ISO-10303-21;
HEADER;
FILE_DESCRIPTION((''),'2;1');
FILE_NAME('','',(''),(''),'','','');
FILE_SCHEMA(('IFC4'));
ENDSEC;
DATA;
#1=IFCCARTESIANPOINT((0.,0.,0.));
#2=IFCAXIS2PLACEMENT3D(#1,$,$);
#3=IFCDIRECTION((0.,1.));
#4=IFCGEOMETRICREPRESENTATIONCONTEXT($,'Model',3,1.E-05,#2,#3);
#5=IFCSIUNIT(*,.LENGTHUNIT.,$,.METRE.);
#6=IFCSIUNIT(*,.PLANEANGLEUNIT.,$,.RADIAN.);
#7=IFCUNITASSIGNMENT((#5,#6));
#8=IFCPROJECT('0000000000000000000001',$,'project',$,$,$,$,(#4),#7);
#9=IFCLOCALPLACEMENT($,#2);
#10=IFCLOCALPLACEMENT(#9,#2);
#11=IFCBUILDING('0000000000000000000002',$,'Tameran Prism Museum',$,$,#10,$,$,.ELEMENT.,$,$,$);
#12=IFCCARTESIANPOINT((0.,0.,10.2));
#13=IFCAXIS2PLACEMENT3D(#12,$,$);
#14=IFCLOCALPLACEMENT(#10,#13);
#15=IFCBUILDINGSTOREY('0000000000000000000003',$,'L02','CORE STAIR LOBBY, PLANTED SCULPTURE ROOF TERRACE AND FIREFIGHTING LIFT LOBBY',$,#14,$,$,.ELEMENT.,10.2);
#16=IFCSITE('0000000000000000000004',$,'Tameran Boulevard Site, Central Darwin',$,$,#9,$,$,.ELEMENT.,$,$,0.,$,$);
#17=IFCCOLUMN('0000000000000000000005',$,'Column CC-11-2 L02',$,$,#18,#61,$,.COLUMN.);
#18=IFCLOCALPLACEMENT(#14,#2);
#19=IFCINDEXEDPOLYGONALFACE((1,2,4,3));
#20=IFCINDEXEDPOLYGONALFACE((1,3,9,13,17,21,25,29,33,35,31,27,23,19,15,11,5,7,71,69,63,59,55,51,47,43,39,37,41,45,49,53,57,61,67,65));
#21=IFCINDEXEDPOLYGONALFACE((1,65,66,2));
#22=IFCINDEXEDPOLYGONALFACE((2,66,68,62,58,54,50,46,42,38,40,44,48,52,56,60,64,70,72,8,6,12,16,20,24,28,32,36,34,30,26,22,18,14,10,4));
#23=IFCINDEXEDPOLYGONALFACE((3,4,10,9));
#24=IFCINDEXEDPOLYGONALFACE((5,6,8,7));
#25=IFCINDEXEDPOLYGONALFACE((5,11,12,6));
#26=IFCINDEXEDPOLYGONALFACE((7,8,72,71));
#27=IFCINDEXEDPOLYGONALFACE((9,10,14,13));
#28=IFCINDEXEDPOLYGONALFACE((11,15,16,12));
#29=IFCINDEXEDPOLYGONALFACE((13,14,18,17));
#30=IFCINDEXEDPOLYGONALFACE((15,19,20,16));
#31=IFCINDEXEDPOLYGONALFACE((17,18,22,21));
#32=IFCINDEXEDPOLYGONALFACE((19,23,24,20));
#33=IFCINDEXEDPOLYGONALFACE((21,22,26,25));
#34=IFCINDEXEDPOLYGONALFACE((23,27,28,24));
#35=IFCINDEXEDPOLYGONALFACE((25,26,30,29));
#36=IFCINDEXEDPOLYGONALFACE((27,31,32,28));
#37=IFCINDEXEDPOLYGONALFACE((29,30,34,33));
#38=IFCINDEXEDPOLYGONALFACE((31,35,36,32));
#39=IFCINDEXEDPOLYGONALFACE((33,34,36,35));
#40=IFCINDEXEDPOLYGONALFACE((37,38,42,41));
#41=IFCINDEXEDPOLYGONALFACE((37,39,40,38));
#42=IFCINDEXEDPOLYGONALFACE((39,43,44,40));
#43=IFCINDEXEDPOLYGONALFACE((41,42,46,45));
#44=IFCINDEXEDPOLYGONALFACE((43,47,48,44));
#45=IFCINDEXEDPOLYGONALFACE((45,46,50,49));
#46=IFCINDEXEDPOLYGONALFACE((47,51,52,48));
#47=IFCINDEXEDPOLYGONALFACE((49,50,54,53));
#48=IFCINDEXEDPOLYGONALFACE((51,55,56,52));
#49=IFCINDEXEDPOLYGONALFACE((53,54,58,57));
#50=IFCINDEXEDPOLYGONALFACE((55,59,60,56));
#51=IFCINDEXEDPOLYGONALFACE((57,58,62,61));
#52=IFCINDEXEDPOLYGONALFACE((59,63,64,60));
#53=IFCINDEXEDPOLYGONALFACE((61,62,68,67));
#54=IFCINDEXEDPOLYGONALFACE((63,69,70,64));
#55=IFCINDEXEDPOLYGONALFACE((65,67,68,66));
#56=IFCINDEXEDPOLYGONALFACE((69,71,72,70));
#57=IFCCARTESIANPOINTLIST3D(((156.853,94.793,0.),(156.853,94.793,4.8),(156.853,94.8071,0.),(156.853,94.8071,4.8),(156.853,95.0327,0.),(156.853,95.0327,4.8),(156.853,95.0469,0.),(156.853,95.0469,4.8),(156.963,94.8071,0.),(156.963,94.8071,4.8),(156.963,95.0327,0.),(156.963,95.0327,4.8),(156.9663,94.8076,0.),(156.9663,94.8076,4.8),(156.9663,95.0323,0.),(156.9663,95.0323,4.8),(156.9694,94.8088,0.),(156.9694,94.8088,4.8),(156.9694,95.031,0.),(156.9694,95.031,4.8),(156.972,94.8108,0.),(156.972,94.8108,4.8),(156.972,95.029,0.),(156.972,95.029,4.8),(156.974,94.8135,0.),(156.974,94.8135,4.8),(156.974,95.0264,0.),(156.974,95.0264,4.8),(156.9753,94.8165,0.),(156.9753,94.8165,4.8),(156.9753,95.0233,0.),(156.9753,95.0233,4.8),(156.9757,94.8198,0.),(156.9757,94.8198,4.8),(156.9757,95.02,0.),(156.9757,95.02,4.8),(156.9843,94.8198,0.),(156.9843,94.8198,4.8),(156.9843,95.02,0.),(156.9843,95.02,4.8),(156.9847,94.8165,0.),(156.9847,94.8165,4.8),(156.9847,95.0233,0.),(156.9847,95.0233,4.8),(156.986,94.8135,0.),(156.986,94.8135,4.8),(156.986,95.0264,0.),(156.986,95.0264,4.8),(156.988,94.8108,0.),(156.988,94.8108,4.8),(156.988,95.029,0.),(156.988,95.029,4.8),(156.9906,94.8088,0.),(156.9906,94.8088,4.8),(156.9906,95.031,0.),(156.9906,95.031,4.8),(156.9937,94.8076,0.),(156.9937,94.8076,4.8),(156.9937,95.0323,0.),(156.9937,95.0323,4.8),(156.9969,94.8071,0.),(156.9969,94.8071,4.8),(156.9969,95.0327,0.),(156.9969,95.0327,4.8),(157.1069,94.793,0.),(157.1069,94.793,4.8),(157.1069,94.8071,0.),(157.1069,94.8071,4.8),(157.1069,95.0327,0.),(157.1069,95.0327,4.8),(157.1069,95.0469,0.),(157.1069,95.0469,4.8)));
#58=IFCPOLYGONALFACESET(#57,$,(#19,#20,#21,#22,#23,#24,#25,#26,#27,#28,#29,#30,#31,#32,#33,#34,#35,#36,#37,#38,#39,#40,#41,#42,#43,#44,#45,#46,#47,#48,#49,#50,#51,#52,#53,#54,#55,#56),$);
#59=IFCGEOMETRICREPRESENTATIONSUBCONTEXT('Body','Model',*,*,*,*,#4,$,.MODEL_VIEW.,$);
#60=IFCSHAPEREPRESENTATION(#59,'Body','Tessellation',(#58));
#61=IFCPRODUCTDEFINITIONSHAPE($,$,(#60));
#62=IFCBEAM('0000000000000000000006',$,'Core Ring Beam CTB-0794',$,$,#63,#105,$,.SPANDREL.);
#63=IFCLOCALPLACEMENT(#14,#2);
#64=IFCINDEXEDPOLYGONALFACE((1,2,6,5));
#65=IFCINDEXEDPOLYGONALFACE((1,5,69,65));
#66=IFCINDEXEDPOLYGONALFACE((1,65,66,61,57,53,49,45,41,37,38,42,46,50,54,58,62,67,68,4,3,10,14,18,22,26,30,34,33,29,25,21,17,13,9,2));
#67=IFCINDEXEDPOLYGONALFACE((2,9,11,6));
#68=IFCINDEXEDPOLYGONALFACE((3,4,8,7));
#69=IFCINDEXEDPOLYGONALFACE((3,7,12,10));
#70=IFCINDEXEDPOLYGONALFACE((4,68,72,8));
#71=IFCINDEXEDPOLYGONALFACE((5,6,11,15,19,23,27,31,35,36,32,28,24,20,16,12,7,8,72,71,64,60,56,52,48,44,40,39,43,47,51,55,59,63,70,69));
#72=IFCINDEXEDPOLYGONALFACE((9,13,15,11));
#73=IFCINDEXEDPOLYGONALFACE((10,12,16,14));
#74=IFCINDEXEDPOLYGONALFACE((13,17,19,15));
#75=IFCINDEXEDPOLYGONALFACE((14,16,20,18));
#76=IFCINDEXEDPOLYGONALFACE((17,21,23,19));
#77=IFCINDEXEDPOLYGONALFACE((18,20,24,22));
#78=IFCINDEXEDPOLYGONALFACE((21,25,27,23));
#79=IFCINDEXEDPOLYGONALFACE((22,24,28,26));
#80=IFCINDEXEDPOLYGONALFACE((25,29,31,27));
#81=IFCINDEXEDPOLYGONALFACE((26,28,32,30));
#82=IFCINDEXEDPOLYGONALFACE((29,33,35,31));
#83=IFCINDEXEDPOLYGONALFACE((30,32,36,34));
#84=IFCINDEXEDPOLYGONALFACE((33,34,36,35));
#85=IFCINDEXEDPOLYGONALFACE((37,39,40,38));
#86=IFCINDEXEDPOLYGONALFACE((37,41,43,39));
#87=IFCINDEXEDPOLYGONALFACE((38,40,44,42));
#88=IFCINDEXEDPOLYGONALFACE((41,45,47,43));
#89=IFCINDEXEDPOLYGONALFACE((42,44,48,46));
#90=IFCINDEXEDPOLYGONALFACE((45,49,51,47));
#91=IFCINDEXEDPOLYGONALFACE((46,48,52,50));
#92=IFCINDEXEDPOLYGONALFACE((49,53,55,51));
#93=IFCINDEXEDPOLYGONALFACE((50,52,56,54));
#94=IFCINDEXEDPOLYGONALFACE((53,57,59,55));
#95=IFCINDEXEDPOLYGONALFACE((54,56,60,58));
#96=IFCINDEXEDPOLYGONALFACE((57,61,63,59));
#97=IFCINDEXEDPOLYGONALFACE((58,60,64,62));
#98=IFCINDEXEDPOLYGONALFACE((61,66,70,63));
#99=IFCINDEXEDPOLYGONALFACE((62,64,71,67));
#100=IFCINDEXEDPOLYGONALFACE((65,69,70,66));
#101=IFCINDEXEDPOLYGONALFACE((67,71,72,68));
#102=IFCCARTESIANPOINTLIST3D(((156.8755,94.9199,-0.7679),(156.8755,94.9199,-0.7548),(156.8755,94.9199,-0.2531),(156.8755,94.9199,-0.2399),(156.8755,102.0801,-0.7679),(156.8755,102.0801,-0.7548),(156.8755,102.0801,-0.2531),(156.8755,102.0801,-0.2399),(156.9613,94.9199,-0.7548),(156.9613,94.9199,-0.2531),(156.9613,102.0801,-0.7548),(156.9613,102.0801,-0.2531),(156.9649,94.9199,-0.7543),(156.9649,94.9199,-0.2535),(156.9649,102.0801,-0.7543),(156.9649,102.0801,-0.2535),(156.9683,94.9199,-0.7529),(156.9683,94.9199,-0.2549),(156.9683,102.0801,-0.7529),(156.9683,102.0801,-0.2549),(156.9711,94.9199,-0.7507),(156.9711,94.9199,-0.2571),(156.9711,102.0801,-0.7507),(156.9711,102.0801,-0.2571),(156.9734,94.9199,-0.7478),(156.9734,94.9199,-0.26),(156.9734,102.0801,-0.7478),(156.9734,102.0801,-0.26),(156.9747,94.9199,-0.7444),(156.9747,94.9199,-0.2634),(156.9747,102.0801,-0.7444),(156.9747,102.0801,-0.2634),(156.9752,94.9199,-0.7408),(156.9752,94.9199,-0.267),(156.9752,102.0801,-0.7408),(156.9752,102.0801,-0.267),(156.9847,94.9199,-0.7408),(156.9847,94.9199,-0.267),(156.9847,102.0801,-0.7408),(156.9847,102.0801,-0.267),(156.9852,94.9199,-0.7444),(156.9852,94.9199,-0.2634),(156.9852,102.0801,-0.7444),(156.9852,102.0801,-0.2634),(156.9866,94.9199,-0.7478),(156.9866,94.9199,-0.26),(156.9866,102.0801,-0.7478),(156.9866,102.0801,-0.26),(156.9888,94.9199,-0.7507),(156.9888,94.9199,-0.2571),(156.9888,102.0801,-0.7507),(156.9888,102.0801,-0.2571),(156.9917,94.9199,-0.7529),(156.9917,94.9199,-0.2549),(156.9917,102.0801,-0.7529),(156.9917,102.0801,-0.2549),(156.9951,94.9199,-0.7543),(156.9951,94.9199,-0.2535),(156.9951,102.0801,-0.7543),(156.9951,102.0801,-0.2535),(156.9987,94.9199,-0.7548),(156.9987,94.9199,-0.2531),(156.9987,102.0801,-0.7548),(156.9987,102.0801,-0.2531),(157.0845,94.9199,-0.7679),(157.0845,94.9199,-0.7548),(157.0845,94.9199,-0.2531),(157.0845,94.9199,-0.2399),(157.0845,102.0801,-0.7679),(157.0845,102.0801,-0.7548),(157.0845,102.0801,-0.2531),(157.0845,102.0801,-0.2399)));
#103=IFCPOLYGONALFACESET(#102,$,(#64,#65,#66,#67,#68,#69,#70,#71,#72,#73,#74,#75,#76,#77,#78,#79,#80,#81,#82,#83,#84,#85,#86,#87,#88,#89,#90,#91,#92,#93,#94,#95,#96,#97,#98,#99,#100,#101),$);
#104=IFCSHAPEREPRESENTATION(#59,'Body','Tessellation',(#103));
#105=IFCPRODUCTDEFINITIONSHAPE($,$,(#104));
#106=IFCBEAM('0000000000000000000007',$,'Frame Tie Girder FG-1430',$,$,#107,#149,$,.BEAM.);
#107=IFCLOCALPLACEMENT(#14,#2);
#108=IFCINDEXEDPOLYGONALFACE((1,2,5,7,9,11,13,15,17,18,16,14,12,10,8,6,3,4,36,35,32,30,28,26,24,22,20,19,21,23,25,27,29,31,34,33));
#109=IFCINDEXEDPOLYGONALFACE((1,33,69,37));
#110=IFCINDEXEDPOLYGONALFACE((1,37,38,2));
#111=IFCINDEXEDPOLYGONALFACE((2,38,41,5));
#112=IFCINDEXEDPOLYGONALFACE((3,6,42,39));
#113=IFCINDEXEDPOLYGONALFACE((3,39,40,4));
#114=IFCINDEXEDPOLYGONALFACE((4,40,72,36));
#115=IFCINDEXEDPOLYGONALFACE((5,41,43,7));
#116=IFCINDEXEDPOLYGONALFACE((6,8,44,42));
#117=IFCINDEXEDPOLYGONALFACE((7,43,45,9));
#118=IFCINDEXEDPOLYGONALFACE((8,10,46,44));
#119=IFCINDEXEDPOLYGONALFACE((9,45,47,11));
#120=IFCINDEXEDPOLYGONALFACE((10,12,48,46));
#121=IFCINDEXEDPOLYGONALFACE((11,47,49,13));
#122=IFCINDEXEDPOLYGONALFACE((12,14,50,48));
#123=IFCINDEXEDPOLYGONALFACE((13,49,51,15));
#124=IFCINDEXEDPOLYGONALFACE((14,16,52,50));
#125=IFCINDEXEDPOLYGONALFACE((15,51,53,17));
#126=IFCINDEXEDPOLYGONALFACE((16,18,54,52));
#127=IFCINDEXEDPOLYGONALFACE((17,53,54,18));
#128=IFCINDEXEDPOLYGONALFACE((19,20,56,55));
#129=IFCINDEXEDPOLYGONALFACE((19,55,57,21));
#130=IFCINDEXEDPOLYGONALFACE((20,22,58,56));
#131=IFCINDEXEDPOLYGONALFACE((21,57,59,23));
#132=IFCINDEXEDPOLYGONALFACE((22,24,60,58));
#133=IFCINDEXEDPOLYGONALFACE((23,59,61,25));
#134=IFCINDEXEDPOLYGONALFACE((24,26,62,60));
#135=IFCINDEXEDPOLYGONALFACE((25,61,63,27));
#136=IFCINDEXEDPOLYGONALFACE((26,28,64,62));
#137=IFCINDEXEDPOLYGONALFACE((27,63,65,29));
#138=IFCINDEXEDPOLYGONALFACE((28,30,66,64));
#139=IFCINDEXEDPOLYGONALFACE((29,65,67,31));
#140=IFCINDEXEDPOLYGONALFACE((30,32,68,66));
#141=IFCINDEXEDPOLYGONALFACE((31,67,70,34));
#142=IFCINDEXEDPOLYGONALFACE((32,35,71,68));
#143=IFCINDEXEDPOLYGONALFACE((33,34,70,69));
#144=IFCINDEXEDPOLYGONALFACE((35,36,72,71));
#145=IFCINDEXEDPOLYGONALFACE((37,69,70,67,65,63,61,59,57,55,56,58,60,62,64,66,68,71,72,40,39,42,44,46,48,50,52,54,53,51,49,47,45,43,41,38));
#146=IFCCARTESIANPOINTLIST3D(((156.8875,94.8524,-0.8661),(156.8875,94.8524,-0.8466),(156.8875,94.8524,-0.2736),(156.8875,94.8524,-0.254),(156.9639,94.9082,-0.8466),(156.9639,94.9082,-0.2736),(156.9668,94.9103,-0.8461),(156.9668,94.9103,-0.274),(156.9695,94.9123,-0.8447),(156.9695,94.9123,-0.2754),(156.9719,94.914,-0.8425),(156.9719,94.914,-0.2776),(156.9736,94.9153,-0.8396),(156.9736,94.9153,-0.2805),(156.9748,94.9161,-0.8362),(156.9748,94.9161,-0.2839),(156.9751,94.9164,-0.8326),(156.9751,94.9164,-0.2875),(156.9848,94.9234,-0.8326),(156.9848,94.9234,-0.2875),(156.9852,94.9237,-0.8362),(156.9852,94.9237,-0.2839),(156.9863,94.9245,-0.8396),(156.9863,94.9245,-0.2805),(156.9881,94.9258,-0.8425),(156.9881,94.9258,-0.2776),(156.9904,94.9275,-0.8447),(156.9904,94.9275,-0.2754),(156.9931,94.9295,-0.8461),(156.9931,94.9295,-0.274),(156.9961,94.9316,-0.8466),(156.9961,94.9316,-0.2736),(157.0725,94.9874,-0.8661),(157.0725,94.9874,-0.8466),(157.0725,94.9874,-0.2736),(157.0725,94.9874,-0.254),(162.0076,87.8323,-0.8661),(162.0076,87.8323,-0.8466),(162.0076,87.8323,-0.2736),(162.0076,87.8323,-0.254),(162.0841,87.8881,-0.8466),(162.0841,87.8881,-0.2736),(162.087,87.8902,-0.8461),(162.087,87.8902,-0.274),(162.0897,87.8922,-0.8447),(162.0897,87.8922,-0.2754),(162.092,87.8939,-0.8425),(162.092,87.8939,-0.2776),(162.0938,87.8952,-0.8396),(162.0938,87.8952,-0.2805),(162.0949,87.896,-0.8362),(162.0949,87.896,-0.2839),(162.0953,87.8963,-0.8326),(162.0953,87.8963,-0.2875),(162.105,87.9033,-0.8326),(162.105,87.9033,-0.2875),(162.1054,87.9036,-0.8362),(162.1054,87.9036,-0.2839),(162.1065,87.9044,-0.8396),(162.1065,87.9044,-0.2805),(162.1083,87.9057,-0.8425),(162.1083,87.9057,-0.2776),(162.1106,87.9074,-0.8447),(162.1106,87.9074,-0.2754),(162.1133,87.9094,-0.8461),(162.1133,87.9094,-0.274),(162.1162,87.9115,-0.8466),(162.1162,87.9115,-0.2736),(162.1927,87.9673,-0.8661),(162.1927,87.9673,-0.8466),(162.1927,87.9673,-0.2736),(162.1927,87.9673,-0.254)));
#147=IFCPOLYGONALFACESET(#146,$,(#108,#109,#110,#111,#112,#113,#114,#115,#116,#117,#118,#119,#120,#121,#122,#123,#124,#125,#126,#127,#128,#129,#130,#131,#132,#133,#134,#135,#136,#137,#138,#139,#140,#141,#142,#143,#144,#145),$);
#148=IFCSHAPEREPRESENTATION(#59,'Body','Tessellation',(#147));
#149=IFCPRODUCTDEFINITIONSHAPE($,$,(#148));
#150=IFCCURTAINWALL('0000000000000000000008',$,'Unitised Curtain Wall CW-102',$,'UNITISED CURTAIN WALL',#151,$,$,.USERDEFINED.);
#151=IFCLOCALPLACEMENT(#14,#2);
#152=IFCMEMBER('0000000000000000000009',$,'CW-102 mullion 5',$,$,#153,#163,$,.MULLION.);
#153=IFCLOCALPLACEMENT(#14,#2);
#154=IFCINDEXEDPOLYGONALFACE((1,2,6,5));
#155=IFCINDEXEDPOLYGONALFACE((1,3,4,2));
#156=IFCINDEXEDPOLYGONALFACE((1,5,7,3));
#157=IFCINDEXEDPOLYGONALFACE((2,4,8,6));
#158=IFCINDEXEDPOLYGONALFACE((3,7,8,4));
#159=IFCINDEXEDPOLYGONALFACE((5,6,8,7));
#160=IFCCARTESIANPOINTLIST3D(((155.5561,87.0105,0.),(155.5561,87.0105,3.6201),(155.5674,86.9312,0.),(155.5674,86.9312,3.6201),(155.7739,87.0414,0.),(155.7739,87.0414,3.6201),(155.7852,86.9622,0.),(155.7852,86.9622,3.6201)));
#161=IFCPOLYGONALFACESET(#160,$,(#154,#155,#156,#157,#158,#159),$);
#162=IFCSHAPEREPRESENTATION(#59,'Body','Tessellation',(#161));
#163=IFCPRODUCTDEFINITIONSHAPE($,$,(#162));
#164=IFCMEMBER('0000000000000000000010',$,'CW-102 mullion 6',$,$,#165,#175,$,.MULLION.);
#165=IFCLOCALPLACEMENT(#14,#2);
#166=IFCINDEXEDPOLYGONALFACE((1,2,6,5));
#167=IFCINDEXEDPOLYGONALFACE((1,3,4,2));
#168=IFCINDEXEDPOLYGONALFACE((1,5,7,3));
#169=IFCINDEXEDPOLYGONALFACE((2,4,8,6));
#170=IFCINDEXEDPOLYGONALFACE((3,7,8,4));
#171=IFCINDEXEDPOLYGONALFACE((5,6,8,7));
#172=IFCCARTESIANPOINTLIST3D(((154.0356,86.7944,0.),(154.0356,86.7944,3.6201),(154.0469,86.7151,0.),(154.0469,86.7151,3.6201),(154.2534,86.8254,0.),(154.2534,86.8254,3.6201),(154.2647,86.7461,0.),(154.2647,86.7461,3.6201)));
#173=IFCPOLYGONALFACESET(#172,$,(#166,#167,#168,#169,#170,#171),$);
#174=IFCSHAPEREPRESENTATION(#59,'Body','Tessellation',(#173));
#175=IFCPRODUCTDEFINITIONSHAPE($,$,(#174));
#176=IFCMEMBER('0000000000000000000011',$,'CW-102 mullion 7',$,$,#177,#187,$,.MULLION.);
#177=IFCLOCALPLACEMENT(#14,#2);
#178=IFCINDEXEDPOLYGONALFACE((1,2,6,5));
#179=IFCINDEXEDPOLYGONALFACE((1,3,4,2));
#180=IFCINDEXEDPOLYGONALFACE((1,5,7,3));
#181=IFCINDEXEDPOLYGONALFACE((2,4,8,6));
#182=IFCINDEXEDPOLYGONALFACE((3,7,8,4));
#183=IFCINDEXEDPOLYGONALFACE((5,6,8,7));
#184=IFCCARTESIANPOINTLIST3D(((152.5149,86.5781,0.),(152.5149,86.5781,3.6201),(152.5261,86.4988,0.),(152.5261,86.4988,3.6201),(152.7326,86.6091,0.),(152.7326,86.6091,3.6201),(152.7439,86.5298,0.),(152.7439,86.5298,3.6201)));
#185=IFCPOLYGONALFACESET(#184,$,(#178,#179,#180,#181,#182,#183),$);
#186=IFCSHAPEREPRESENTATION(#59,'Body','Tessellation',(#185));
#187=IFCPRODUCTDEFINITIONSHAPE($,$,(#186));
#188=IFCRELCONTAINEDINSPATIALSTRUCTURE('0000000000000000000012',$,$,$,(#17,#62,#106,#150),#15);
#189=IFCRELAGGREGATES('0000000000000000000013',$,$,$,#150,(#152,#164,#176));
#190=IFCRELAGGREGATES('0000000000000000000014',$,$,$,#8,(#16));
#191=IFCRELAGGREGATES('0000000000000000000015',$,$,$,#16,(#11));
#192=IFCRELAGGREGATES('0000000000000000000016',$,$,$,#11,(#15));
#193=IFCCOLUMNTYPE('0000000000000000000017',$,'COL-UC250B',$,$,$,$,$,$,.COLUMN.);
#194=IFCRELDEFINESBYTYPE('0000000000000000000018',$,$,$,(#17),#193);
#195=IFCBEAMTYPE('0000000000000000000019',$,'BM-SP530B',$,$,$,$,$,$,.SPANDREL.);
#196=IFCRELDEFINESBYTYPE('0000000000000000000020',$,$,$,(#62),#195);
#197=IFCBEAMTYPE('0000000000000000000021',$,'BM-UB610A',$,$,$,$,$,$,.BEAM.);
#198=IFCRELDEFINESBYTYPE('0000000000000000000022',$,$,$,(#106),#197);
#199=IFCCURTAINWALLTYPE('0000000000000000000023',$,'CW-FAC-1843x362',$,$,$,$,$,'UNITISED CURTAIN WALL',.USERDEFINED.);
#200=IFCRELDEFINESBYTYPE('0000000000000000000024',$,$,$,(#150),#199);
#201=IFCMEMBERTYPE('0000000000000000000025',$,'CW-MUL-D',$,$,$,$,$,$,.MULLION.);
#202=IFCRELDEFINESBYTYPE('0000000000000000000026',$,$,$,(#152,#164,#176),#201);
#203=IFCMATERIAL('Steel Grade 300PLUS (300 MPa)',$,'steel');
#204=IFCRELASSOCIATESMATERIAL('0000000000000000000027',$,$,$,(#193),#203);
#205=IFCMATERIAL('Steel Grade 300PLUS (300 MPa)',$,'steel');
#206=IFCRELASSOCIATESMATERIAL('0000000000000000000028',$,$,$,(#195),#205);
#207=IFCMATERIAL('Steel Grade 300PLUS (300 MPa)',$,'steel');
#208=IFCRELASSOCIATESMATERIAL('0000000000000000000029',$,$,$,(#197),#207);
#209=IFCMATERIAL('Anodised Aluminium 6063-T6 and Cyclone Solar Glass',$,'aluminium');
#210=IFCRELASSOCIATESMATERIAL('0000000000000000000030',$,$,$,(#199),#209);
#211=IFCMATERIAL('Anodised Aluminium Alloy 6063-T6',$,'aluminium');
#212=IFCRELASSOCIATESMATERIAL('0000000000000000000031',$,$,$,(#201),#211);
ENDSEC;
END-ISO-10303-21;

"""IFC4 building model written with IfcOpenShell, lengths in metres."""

from ifc_helpers import new_model, si_unit, direction, frame, origin, origin_2d, place, context, subcontext, project, spatial, rectangle, i_section, extrude, material, material_profile, profile_set, type_object, element, aggregate, save


model = new_model("IFC4")

# Units and contexts
model_context = context("Model", 3, precision=1e-05, world=origin(), true_north=direction((0.0, 1.0)))
body_context = subcontext(model_context, "Body", "Model", "MODEL_VIEW")
ifc_project = project(units=[si_unit("LENGTHUNIT", "METRE"), si_unit("PLANEANGLEUNIT", "RADIAN")], contexts=[model_context])

# Site, building, storey
site_placement = place(None, origin())
site = spatial("IfcSite", under=ifc_project, at=site_placement, Name="Tameran Boulevard Site, Central Darwin", CompositionType="ELEMENT", RefElevation=0.0)
building_placement = place(site_placement, origin())
building = spatial("IfcBuilding", under=site, at=building_placement, Name="Tameran Prism Museum", CompositionType="ELEMENT")
storey_placement = place(building_placement, frame((0.0, 0.0, 10.2)))
storey = spatial("IfcBuildingStorey", under=building, at=storey_placement, Name="L02", Description="CORE STAIR LOBBY, PLANTED SCULPTURE ROOF TERRACE AND FIREFIGHTING LIFT LOBBY", CompositionType="ELEMENT", Elevation=10.2)

# Column
ifc_material_1 = material(Name="Steel Grade 300PLUS (300 MPa)", Category="steel")
ifc_material_profile_1 = material_profile(ifc_material_1, i_section(OverallWidth=0.2539, OverallDepth=0.2539, WebThickness=0.0085, FlangeThickness=0.0142, FilletRadius=0.0127, at=origin_2d()))
ifc_profile_set_1 = profile_set([ifc_material_profile_1])
column_type = type_object("IfcColumnType", Name="COL-UC250B", PredefinedType="COLUMN", material=ifc_profile_set_1)
column_placement = place(storey_placement, frame((156.98, 94.9199, 0.0), z_axis=(0.0, 0.0, 1.0), x_axis=(1.0, 0.0, 0.0)))
element("IfcColumn", 1, at=column_placement, inside=storey, type_object=column_type, Name="Column CC-11-2 L02", PredefinedType="COLUMN", context=body_context, shape_type="SweptSolid", body=[
    extrude(i_section(OverallWidth=0.2539, OverallDepth=0.2539, WebThickness=0.0085, FlangeThickness=0.0142, FilletRadius=0.0127, at=origin_2d()), origin(), (0.0, 0.0, 1.0), 4.8),
])

# Beams
ifc_material_2 = material(Name="Steel Grade 300PLUS (300 MPa)", Category="steel")
ifc_material_profile_2 = material_profile(ifc_material_2, i_section(OverallWidth=0.209, OverallDepth=0.5281, WebThickness=0.0095, FlangeThickness=0.0132, FilletRadius=0.0139, at=origin_2d()))
ifc_profile_set_2 = profile_set([ifc_material_profile_2])
beam_type_1 = type_object("IfcBeamType", Name="BM-SP530B", PredefinedType="SPANDREL", material=ifc_profile_set_2)
beam_1_placement = place(storey_placement, frame((156.98, 94.9199, -0.5039), z_axis=(0.0, 1.0, 0.0), x_axis=(-1.0, 0.0, 0.0)))
element("IfcBeam", 2, at=beam_1_placement, inside=storey, type_object=beam_type_1, Name="Core Ring Beam CTB-0794", PredefinedType="SPANDREL", context=body_context, shape_type="SweptSolid", body=[
    extrude(i_section(OverallWidth=0.209, OverallDepth=0.5281, WebThickness=0.0095, FlangeThickness=0.0132, FilletRadius=0.0139, at=origin_2d()), origin(), (0.0, 0.0, 1.0), 7.1602),
])
ifc_material_3 = material(Name="Steel Grade 300PLUS (300 MPa)", Category="steel")
ifc_material_profile_3 = material_profile(ifc_material_3, i_section(OverallWidth=0.229, OverallDepth=0.6121, WebThickness=0.012, FlangeThickness=0.0195, FilletRadius=0.0139, at=origin_2d()))
ifc_profile_set_3 = profile_set([ifc_material_profile_3])
beam_type_2 = type_object("IfcBeamType", Name="BM-UB610A", PredefinedType="BEAM", material=ifc_profile_set_3)
beam_2_placement = place(storey_placement, frame((156.98, 94.9199, -0.5601), z_axis=(0.589274, -0.807933, 0.0), x_axis=(0.807933, 0.589274, 0.0)))
element("IfcBeam", 3, at=beam_2_placement, inside=storey, type_object=beam_type_2, Name="Frame Tie Girder FG-1430", PredefinedType="BEAM", context=body_context, shape_type="SweptSolid", body=[
    extrude(i_section(OverallWidth=0.229, OverallDepth=0.6121, WebThickness=0.012, FlangeThickness=0.0195, FilletRadius=0.0139, at=origin_2d()), origin(), (0.0, 0.0, 1.0), 8.689),
])

# Curtain wall, members
ifc_material_4 = material(Name="Anodised Aluminium 6063-T6 and Cyclone Solar Glass", Category="aluminium")
curtain_wall_type = type_object("IfcCurtainWallType", Name="CW-FAC-1843x362", ElementType="UNITISED CURTAIN WALL", PredefinedType="USERDEFINED", material=ifc_material_4)
curtain_wall_placement = place(storey_placement, origin())
curtain_wall = element("IfcCurtainWall", 4, at=curtain_wall_placement, inside=storey, type_object=curtain_wall_type, Name="Unitised Curtain Wall CW-102", ObjectType="UNITISED CURTAIN WALL", PredefinedType="USERDEFINED")
ifc_material_5 = material(Name="Anodised Aluminium Alloy 6063-T6", Category="aluminium")
ifc_material_profile_4 = material_profile(ifc_material_5, rectangle(XDim=0.0801, YDim=0.22, at=origin_2d()))
ifc_profile_set_4 = profile_set([ifc_material_profile_4])
member_type_1 = type_object("IfcMemberType", Name="CW-MUL-D", PredefinedType="MULLION", material=ifc_profile_set_4)
member_1_placement = place(storey_placement, frame((155.6707, 86.9863, 0.0), z_axis=(0.0, 0.0, 1.0), x_axis=(0.140745, -0.990046, 0.0)))
member_1 = element("IfcMember", 5, at=member_1_placement, type_object=member_type_1, Name="CW-102 mullion 5", PredefinedType="MULLION", context=body_context, shape_type="SweptSolid", body=[
    extrude(rectangle(XDim=0.0801, YDim=0.22, at=origin_2d()), origin(), (0.0, 0.0, 1.0), 3.6201),
])
member_2_placement = place(storey_placement, frame((154.1501, 86.7703, 0.0), z_axis=(0.0, 0.0, 1.0), x_axis=(0.140745, -0.990046, 0.0)))
member_2 = element("IfcMember", 6, at=member_2_placement, type_object=member_type_1, Name="CW-102 mullion 6", PredefinedType="MULLION", context=body_context, shape_type="SweptSolid", body=[
    extrude(rectangle(XDim=0.0801, YDim=0.22, at=origin_2d()), origin(), (0.0, 0.0, 1.0), 3.6201),
])
member_3_placement = place(storey_placement, frame((152.6294, 86.554, 0.0), z_axis=(0.0, 0.0, 1.0), x_axis=(0.140745, -0.990046, 0.0)))
member_3 = element("IfcMember", 7, at=member_3_placement, type_object=member_type_1, Name="CW-102 mullion 7", PredefinedType="MULLION", context=body_context, shape_type="SweptSolid", body=[
    extrude(rectangle(XDim=0.0801, YDim=0.22, at=origin_2d()), origin(), (0.0, 0.0, 1.0), 3.6201),
])
aggregate(curtain_wall, [member_1, member_2, member_3])

save(model, "model.ifc")
